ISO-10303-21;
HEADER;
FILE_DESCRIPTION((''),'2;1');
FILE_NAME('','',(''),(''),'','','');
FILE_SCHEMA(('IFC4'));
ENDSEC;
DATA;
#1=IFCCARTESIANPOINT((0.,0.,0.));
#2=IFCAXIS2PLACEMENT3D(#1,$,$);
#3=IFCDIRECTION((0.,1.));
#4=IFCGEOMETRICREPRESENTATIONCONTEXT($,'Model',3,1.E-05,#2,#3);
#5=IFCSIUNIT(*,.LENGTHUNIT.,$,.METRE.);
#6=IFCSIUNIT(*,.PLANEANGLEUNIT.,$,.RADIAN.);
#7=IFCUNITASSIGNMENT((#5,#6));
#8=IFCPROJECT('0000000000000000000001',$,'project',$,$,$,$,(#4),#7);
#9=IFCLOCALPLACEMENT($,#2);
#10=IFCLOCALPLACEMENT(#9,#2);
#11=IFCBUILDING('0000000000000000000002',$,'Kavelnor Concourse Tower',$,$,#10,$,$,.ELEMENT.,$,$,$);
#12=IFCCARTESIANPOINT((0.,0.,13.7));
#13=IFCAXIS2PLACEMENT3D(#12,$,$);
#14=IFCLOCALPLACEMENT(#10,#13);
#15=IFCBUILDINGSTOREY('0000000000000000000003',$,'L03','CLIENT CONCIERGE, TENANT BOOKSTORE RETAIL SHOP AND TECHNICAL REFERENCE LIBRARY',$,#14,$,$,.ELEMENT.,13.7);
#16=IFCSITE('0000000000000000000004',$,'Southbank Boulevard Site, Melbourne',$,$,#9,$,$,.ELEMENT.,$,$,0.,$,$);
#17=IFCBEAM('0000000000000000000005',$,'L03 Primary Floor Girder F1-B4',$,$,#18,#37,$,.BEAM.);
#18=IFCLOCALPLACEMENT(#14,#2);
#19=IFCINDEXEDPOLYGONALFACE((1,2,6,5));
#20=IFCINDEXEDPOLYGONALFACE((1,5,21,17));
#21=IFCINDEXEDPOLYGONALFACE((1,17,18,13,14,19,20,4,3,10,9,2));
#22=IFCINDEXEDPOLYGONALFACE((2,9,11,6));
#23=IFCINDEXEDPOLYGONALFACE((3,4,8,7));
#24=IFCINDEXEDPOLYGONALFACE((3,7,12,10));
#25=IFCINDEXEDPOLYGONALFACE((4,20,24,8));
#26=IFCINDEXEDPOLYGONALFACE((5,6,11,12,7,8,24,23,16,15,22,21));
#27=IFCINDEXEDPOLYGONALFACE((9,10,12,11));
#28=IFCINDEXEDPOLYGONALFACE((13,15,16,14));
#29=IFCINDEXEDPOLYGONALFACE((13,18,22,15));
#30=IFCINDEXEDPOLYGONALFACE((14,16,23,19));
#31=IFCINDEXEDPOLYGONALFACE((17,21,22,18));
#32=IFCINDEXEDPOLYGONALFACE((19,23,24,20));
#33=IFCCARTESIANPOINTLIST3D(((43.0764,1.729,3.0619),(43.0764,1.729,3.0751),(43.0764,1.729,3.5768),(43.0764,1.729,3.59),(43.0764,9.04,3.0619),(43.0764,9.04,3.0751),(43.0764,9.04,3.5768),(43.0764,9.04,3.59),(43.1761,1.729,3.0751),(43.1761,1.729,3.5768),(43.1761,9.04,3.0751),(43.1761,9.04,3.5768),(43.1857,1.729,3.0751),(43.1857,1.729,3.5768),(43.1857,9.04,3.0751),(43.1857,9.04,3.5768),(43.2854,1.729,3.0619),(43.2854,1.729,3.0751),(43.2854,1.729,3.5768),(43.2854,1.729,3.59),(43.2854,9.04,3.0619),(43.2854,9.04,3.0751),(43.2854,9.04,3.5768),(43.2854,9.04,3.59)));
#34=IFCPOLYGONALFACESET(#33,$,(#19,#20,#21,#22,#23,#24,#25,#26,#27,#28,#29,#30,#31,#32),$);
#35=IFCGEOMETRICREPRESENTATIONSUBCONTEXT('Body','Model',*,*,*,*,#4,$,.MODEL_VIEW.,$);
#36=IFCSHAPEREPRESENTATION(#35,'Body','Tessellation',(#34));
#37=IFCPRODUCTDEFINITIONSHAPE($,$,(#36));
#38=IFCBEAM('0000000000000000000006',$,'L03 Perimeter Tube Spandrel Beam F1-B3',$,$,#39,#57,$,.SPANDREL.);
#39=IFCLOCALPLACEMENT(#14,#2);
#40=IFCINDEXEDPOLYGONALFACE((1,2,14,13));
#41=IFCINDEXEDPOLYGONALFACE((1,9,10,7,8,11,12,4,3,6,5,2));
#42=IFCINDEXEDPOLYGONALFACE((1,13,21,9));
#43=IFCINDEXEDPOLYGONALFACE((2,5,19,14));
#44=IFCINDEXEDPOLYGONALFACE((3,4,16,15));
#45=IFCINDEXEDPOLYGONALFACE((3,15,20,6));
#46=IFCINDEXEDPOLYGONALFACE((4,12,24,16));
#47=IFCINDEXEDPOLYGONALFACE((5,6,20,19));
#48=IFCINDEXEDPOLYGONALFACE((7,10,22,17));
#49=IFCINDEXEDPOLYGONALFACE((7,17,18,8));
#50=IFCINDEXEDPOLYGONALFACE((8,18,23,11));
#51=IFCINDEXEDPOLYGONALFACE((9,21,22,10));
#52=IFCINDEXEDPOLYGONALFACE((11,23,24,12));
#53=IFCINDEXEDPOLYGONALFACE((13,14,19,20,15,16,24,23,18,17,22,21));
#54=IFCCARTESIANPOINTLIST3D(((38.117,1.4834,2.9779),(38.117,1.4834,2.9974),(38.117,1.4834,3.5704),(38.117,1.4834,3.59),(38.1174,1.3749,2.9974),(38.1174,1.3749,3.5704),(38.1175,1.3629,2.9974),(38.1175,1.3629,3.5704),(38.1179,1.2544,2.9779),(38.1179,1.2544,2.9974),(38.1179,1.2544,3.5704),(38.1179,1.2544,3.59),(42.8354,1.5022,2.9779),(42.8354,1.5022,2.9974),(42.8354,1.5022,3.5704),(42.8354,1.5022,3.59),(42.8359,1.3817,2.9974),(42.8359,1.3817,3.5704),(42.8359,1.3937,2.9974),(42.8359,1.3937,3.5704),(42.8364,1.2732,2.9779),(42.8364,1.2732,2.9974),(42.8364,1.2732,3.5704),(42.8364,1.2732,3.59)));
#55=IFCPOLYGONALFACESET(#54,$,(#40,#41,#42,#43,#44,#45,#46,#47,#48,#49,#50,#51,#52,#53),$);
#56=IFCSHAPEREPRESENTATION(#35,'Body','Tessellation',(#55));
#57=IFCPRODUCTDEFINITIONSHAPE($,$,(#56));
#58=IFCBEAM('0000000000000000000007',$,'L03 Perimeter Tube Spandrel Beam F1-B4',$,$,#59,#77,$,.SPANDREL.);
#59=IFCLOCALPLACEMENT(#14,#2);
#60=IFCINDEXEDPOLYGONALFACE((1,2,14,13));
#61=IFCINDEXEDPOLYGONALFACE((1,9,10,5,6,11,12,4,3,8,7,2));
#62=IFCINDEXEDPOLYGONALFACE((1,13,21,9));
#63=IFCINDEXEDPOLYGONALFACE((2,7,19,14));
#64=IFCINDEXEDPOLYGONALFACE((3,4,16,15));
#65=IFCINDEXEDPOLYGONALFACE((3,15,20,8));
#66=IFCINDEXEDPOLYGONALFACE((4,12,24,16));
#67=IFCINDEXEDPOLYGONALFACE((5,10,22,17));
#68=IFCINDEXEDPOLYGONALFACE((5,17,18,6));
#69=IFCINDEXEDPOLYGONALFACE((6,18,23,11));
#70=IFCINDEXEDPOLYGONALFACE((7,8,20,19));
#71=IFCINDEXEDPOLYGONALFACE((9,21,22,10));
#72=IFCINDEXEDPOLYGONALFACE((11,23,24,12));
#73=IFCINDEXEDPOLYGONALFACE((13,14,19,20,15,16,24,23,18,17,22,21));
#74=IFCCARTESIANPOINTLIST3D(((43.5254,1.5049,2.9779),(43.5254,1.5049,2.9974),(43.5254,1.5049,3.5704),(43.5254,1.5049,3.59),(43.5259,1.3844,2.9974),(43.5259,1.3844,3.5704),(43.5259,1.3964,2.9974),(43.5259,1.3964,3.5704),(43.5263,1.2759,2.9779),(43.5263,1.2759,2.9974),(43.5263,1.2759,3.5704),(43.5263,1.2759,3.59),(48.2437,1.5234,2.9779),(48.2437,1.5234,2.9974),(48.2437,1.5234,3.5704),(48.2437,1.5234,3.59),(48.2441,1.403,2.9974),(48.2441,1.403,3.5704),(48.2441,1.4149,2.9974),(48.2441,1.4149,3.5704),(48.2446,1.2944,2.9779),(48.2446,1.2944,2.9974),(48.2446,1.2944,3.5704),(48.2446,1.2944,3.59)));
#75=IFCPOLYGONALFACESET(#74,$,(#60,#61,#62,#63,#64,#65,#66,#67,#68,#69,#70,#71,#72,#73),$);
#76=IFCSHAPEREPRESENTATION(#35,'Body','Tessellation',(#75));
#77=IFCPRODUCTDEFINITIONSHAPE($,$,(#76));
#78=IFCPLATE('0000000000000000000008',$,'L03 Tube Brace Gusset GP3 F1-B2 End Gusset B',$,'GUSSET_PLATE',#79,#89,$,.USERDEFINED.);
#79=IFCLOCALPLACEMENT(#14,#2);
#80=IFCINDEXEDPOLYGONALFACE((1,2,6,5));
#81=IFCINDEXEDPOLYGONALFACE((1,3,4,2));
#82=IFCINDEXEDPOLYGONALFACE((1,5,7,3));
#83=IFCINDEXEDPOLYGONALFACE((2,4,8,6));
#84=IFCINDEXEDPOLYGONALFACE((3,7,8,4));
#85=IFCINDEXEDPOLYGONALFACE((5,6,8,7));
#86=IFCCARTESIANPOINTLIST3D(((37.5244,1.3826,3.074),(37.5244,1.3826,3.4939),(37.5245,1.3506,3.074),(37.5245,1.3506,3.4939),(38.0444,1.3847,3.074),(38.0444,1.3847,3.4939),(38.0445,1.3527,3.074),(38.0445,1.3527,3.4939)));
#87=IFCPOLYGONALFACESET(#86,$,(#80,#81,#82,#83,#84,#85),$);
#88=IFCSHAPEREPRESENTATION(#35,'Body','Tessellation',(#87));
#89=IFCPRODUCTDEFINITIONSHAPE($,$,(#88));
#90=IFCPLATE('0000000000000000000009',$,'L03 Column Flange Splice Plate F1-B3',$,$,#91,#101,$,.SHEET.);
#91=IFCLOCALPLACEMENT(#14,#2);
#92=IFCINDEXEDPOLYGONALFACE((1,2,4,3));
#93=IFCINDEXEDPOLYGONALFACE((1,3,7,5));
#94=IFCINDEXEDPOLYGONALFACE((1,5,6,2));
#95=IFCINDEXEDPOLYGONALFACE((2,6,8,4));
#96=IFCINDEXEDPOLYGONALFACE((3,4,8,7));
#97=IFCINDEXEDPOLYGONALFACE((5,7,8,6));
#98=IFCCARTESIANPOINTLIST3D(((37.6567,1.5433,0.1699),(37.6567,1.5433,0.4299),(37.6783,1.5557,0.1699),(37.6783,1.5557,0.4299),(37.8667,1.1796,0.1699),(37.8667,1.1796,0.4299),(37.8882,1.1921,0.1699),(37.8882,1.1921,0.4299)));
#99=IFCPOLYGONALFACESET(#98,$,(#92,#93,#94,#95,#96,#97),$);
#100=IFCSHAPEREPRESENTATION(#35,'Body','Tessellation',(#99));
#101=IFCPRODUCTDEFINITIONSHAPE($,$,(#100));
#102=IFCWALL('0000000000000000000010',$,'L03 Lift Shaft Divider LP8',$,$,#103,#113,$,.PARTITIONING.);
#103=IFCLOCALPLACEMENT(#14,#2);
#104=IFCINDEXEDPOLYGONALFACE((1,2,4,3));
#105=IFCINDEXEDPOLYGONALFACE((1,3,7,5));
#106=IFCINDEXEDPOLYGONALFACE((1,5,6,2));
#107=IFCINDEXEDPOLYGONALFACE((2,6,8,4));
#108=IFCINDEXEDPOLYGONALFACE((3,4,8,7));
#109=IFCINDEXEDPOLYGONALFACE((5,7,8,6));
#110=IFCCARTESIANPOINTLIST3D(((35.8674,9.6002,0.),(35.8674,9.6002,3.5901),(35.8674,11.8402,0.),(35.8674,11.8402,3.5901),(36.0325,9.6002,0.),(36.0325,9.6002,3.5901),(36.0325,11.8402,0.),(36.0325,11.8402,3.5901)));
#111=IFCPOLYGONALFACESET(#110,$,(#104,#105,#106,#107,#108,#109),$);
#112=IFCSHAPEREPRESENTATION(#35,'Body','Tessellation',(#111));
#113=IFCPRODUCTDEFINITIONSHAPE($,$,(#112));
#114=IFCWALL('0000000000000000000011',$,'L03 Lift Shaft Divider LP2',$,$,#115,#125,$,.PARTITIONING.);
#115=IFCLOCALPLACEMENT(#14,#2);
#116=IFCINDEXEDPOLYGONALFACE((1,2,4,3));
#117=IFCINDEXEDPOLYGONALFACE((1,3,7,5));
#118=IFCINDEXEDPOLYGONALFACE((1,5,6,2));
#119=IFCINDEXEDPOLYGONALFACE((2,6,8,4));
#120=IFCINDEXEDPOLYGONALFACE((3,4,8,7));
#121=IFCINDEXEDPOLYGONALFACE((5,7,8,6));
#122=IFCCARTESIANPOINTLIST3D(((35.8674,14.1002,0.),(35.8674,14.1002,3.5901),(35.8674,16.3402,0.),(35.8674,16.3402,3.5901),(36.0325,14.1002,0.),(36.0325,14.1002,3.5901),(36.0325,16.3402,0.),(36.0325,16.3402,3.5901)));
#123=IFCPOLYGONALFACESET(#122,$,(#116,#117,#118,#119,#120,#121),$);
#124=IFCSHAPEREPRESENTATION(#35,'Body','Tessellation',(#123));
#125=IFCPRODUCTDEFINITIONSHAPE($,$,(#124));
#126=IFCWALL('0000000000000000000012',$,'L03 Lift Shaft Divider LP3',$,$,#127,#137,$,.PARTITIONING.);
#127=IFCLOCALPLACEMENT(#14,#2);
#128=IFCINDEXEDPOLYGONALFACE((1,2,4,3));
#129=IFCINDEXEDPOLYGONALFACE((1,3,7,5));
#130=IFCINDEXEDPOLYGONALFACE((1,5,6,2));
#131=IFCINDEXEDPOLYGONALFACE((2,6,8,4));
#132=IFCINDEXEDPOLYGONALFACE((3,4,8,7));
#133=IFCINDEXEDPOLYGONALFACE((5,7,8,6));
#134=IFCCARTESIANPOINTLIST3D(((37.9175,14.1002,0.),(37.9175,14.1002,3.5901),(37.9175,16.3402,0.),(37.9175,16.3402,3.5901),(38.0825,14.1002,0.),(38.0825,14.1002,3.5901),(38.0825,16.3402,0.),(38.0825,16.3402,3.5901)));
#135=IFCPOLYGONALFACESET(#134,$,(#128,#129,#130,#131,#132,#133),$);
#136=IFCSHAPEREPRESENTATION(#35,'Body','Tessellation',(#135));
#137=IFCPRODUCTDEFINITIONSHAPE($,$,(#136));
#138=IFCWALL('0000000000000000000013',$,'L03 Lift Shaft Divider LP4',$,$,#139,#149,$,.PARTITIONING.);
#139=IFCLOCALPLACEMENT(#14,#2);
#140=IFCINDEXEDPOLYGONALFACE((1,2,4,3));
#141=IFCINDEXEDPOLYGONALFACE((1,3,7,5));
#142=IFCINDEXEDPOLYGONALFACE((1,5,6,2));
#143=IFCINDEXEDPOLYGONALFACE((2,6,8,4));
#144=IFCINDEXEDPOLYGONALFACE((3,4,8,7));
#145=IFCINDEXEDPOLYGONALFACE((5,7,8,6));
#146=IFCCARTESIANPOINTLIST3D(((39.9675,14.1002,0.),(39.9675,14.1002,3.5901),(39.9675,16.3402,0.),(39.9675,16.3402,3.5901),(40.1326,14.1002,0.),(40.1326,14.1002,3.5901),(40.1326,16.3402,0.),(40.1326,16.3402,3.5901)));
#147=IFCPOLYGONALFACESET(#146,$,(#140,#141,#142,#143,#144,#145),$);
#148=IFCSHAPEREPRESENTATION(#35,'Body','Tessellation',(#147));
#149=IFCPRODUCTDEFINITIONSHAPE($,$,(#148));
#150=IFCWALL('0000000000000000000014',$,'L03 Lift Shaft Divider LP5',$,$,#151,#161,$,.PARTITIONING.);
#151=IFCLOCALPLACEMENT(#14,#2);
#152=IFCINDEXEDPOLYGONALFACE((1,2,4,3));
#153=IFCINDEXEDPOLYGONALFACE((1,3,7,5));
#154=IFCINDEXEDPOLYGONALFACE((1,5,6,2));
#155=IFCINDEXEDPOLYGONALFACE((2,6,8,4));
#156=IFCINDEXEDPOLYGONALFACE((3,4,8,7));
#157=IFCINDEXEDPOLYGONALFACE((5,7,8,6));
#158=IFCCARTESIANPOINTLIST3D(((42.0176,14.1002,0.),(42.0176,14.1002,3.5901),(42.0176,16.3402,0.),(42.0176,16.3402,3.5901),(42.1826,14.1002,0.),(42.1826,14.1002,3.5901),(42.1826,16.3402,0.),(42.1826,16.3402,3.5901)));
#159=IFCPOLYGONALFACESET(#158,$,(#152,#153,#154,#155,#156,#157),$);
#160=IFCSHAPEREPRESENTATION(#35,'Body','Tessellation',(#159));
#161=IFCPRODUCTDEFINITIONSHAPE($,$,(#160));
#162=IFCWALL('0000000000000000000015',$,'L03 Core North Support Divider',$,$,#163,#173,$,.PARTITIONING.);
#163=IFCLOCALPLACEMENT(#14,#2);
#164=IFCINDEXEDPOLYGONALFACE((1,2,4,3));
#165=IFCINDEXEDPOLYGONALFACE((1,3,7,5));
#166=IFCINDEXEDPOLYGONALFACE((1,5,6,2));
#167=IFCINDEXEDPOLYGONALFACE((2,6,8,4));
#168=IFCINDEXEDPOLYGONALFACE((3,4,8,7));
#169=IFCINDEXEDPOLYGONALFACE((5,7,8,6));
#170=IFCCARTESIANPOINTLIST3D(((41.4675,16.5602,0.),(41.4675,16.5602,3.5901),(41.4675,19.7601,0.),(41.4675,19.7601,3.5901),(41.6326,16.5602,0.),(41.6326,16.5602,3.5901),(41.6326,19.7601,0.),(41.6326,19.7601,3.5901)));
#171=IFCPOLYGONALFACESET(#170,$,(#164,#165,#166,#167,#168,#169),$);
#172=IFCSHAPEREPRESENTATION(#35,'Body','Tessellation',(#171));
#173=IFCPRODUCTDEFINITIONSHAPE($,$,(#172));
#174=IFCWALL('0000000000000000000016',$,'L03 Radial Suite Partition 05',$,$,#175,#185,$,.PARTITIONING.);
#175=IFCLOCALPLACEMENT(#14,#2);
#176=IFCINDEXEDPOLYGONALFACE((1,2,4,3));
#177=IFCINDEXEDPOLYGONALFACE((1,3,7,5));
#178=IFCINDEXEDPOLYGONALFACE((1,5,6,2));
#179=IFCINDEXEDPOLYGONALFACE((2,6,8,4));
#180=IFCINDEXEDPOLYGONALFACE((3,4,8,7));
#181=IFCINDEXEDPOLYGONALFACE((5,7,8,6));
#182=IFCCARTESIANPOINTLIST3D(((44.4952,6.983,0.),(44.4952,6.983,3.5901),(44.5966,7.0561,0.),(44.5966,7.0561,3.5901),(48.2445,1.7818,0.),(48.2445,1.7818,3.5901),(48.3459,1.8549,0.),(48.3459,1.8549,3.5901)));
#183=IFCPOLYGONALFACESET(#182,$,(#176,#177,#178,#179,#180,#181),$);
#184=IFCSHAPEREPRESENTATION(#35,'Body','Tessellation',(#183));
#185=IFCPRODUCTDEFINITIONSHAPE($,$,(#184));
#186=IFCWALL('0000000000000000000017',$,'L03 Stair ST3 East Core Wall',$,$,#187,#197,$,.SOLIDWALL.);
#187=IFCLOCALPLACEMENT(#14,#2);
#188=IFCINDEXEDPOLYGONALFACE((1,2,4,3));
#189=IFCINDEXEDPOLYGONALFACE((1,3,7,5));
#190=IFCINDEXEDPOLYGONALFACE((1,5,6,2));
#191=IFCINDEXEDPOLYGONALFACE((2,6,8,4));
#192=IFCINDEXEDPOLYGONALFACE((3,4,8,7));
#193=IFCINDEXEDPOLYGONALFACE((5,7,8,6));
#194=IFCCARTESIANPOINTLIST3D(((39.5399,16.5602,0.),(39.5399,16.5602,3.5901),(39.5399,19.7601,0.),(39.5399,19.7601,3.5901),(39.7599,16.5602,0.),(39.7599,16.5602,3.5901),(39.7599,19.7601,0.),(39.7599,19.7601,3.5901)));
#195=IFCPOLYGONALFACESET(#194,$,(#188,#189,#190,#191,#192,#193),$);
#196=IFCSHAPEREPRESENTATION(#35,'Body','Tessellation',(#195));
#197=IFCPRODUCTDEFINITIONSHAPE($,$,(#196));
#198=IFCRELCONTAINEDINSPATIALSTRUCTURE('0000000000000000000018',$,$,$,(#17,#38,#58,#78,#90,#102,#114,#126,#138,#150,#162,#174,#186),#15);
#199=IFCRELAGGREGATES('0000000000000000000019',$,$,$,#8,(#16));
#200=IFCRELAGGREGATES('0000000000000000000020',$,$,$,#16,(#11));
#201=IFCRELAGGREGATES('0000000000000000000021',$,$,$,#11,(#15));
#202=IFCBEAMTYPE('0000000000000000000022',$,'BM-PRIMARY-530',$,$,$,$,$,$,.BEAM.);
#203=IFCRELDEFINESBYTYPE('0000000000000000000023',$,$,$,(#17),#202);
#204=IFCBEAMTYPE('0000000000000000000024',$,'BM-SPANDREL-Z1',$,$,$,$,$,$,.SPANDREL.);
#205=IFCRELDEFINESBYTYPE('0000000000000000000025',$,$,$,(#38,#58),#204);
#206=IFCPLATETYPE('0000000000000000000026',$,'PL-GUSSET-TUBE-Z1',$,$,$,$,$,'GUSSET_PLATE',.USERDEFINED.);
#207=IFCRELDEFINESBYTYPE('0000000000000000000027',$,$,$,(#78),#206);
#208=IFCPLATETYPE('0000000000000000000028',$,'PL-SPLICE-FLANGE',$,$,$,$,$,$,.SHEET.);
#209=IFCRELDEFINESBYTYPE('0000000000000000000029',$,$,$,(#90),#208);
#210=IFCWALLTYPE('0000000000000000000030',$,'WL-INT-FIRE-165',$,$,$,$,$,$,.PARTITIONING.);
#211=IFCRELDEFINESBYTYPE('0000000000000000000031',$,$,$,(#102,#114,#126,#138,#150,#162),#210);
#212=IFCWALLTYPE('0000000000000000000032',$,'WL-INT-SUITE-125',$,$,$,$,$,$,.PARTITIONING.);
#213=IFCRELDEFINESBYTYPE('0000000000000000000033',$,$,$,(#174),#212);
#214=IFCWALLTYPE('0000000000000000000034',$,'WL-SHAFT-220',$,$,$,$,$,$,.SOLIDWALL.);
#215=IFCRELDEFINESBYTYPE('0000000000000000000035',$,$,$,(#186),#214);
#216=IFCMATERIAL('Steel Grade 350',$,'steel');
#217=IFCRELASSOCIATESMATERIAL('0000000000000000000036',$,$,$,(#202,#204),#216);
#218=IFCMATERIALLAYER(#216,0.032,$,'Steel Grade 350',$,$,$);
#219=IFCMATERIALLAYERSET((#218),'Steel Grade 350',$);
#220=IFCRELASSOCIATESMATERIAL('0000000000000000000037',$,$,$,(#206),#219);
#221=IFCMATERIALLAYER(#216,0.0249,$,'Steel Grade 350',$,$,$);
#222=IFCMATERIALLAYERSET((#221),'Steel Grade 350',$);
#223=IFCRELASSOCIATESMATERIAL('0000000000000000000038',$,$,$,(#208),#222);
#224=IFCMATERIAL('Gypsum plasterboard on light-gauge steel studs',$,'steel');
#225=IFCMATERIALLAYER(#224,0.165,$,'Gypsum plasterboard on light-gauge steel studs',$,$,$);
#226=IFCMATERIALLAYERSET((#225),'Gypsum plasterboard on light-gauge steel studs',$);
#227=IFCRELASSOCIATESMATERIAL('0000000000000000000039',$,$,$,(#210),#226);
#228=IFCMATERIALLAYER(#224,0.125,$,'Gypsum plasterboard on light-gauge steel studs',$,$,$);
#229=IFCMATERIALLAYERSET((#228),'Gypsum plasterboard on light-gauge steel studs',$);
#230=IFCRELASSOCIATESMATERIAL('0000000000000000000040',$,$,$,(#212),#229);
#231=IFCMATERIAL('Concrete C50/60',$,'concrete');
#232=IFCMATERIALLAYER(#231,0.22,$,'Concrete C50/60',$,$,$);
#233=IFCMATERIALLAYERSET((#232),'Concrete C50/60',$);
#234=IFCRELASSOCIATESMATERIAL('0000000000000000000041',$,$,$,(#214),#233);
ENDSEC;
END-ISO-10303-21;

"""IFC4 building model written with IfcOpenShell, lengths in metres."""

from ifc_helpers import new_model, si_unit, direction, frame, frame_2d, origin, origin_2d, place, context, subcontext, project, spatial, rectangle, i_section, extrude, material, layer, layer_set, material_profile, profile_set, type_object, element, save


model = new_model("IFC4")

# Units and contexts
model_context = context("Model", 3, precision=1e-05, world=origin(), true_north=direction((0.0, 1.0)))
body_context = subcontext(model_context, "Body", "Model", "MODEL_VIEW")
ifc_project = project(units=[si_unit("LENGTHUNIT", "METRE"), si_unit("PLANEANGLEUNIT", "RADIAN")], contexts=[model_context])

# Site, building, storey
site_placement = place(None, origin())
site = spatial("IfcSite", under=ifc_project, at=site_placement, Name="Southbank Boulevard Site, Melbourne", CompositionType="ELEMENT", RefElevation=0.0)
building_placement = place(site_placement, origin())
building = spatial("IfcBuilding", under=site, at=building_placement, Name="Kavelnor Concourse Tower", CompositionType="ELEMENT")
storey_placement = place(building_placement, frame((0.0, 0.0, 13.7)))
storey = spatial("IfcBuildingStorey", under=building, at=storey_placement, Name="L03", Description="CLIENT CONCIERGE, TENANT BOOKSTORE RETAIL SHOP AND TECHNICAL REFERENCE LIBRARY", CompositionType="ELEMENT", Elevation=13.7)

# Shared definitions
ifc_material_1 = material(Name="Steel Grade 350", Category="steel")

# Beams
ifc_material_profile_1 = material_profile(ifc_material_1, i_section(OverallWidth=0.209, OverallDepth=0.5281, WebThickness=0.0095, FlangeThickness=0.0132, at=origin_2d()), Name="530UB82")
ifc_profile_set_1 = profile_set([ifc_material_profile_1], Name="Steel Grade 350")
beam_type_1 = type_object("IfcBeamType", Name="BM-PRIMARY-530", PredefinedType="BEAM", material=ifc_profile_set_1)
beam_1_placement = place(storey_placement, frame((43.1809, 9.04, 3.3259), z_axis=(0.0, -1.0, 0.0), x_axis=(1.0, 0.0, 0.0)))
element("IfcBeam", 1, at=beam_1_placement, inside=storey, type_object=beam_type_1, Name="L03 Primary Floor Girder F1-B4", PredefinedType="BEAM", context=body_context, shape_type="SweptSolid", body=[
    extrude(i_section(OverallWidth=0.209, OverallDepth=0.5281, WebThickness=0.0095, FlangeThickness=0.0132, at=origin_2d()), origin(), (0.0, 0.0, 1.0), 7.311),
])
ifc_material_profile_2 = material_profile(ifc_material_1, i_section(OverallWidth=0.229, OverallDepth=0.6121, WebThickness=0.012, FlangeThickness=0.0195, at=origin_2d()), Name="610UB125")
ifc_profile_set_2 = profile_set([ifc_material_profile_2], Name="Steel Grade 350")
beam_type_2 = type_object("IfcBeamType", Name="BM-SPANDREL-Z1", PredefinedType="SPANDREL", material=ifc_profile_set_2)
beam_2_placement = place(storey_placement, frame((38.1174, 1.3689, 3.2839), z_axis=(0.999992, 0.003984, 0.0), x_axis=(-0.003984, 0.999992, 0.0)))
element("IfcBeam", 2, at=beam_2_placement, inside=storey, type_object=beam_type_2, Name="L03 Perimeter Tube Spandrel Beam F1-B3", PredefinedType="SPANDREL", context=body_context, shape_type="SweptSolid", body=[
    extrude(i_section(OverallWidth=0.229, OverallDepth=0.6121, WebThickness=0.012, FlangeThickness=0.0195, at=origin_2d()), origin(), (0.0, 0.0, 1.0), 4.7185),
])
beam_3_placement = place(storey_placement, frame((43.5259, 1.3904, 3.2839), z_axis=(0.999992, 0.003932, 0.0), x_axis=(-0.003932, 0.999992, 0.0)))
element("IfcBeam", 3, at=beam_3_placement, inside=storey, type_object=beam_type_2, Name="L03 Perimeter Tube Spandrel Beam F1-B4", PredefinedType="SPANDREL", context=body_context, shape_type="SweptSolid", body=[
    extrude(i_section(OverallWidth=0.229, OverallDepth=0.6121, WebThickness=0.012, FlangeThickness=0.0195, at=origin_2d()), origin(), (0.0, 0.0, 1.0), 4.7183),
])

# Plates
ifc_layer_1 = layer(ifc_material_1, 0.032, Name="Steel Grade 350")
ifc_layer_set_1 = layer_set([ifc_layer_1], Name="Steel Grade 350")
plate_type_1 = type_object("IfcPlateType", Name="PL-GUSSET-TUBE-Z1", ElementType="GUSSET_PLATE", PredefinedType="USERDEFINED", material=ifc_layer_set_1)
plate_1_placement = place(storey_placement, frame((37.7844, 1.3677, 3.074), z_axis=(0.0, 0.0, 1.0), x_axis=(0.999992, 0.004014, 0.0)))
element("IfcPlate", 4, at=plate_1_placement, inside=storey, type_object=plate_type_1, Name="L03 Tube Brace Gusset GP3 F1-B2 End Gusset B", ObjectType="GUSSET_PLATE", PredefinedType="USERDEFINED", context=body_context, shape_type="SweptSolid", body=[
    extrude(rectangle(XDim=0.52, YDim=0.032, at=origin_2d()), origin(), (0.0, 0.0, 1.0), 0.4199),
])
ifc_layer_2 = layer(ifc_material_1, 0.0249, Name="Steel Grade 350")
ifc_layer_set_2 = layer_set([ifc_layer_2], Name="Steel Grade 350")
plate_type_2 = type_object("IfcPlateType", Name="PL-SPLICE-FLANGE", PredefinedType="SHEET", material=ifc_layer_set_2)
plate_2_placement = place(storey_placement, frame((37.7725, 1.3677, 0.1699), z_axis=(0.0, 0.0, 1.0), x_axis=(-0.5, 0.866025, 0.0)))
element("IfcPlate", 5, at=plate_2_placement, inside=storey, type_object=plate_type_2, Name="L03 Column Flange Splice Plate F1-B3", PredefinedType="SHEET", context=body_context, shape_type="SweptSolid", body=[
    extrude(rectangle(XDim=0.4199, YDim=0.0249, at=origin_2d()), origin(), (0.0, 0.0, 1.0), 0.26),
])

# Walls
ifc_material_2 = material(Name="Gypsum plasterboard on light-gauge steel studs", Category="steel")
ifc_layer_3 = layer(ifc_material_2, 0.165, Name="Gypsum plasterboard on light-gauge steel studs")
ifc_layer_set_3 = layer_set([ifc_layer_3], Name="Gypsum plasterboard on light-gauge steel studs")
wall_type_1 = type_object("IfcWallType", Name="WL-INT-FIRE-165", PredefinedType="PARTITIONING", material=ifc_layer_set_3)
for number, where, z_axis, x_axis, name in (
    (6, (35.95, 9.6001, 0.0), (0.0, 0.0, 1.0), (0.0, 1.0, 0.0), "L03 Lift Shaft Divider LP8"),
    (7, (35.95, 14.1001, 0.0), (0.0, 0.0, 1.0), (0.0, 1.0, 0.0), "L03 Lift Shaft Divider LP2"),
    (8, (38.0, 14.1001, 0.0), (0.0, 0.0, 1.0), (0.0, 1.0, 0.0), "L03 Lift Shaft Divider LP3"),
    (9, (40.05, 14.1001, 0.0), (0.0, 0.0, 1.0), (0.0, 1.0, 0.0), "L03 Lift Shaft Divider LP4"),
    (10, (42.1001, 14.1001, 0.0), (0.0, 0.0, 1.0), (0.0, 1.0, 0.0), "L03 Lift Shaft Divider LP5"),
):
    element("IfcWall", number, at=place(storey_placement, frame(where, z_axis=z_axis, x_axis=x_axis)), inside=storey, type_object=wall_type_1, Name=name, PredefinedType="PARTITIONING", context=body_context, shape_type="SweptSolid", body=[
        extrude(rectangle(XDim=2.24, YDim=0.165, at=frame_2d((1.1201, 0.0))), origin(), (0.0, 0.0, 1.0), 3.5901),
    ])
wall_1_placement = place(storey_placement, frame((41.55, 16.5601, 0.0), z_axis=(0.0, 0.0, 1.0), x_axis=(0.0, 1.0, 0.0)))
element("IfcWall", 11, at=wall_1_placement, inside=storey, type_object=wall_type_1, Name="L03 Core North Support Divider", PredefinedType="PARTITIONING", context=body_context, shape_type="SweptSolid", body=[
    extrude(rectangle(XDim=3.2, YDim=0.165, at=frame_2d((1.6001, 0.0))), origin(), (0.0, 0.0, 1.0), 3.5901),
])
ifc_layer_4 = layer(ifc_material_2, 0.125, Name="Gypsum plasterboard on light-gauge steel studs")
ifc_layer_set_4 = layer_set([ifc_layer_4], Name="Gypsum plasterboard on light-gauge steel studs")
wall_type_2 = type_object("IfcWallType", Name="WL-INT-SUITE-125", PredefinedType="PARTITIONING", material=ifc_layer_set_4)
wall_2_placement = place(storey_placement, frame((44.5459, 7.0195, 0.0), z_axis=(0.0, 0.0, 1.0), x_axis=(0.584759, -0.811207, 0.0)))
element("IfcWall", 12, at=wall_2_placement, inside=storey, type_object=wall_type_2, Name="L03 Radial Suite Partition 05", PredefinedType="PARTITIONING", context=body_context, shape_type="SweptSolid", body=[
    extrude(rectangle(XDim=6.4116, YDim=0.125, at=frame_2d((3.2058, 0.0))), origin(), (0.0, 0.0, 1.0), 3.5901),
])
ifc_material_3 = material(Name="Concrete C50/60", Category="concrete")
ifc_layer_5 = layer(ifc_material_3, 0.22, Name="Concrete C50/60")
ifc_layer_set_5 = layer_set([ifc_layer_5], Name="Concrete C50/60")
wall_type_3 = type_object("IfcWallType", Name="WL-SHAFT-220", PredefinedType="SOLIDWALL", material=ifc_layer_set_5)
wall_3_placement = place(storey_placement, frame((39.6499, 16.5601, 0.0), z_axis=(0.0, 0.0, 1.0), x_axis=(0.0, 1.0, 0.0)))
element("IfcWall", 13, at=wall_3_placement, inside=storey, type_object=wall_type_3, Name="L03 Stair ST3 East Core Wall", PredefinedType="SOLIDWALL", context=body_context, shape_type="SweptSolid", body=[
    extrude(rectangle(XDim=3.2, YDim=0.22, at=frame_2d((1.6001, 0.0))), origin(), (0.0, 0.0, 1.0), 3.5901),
])

save(model, "model.ifc")
